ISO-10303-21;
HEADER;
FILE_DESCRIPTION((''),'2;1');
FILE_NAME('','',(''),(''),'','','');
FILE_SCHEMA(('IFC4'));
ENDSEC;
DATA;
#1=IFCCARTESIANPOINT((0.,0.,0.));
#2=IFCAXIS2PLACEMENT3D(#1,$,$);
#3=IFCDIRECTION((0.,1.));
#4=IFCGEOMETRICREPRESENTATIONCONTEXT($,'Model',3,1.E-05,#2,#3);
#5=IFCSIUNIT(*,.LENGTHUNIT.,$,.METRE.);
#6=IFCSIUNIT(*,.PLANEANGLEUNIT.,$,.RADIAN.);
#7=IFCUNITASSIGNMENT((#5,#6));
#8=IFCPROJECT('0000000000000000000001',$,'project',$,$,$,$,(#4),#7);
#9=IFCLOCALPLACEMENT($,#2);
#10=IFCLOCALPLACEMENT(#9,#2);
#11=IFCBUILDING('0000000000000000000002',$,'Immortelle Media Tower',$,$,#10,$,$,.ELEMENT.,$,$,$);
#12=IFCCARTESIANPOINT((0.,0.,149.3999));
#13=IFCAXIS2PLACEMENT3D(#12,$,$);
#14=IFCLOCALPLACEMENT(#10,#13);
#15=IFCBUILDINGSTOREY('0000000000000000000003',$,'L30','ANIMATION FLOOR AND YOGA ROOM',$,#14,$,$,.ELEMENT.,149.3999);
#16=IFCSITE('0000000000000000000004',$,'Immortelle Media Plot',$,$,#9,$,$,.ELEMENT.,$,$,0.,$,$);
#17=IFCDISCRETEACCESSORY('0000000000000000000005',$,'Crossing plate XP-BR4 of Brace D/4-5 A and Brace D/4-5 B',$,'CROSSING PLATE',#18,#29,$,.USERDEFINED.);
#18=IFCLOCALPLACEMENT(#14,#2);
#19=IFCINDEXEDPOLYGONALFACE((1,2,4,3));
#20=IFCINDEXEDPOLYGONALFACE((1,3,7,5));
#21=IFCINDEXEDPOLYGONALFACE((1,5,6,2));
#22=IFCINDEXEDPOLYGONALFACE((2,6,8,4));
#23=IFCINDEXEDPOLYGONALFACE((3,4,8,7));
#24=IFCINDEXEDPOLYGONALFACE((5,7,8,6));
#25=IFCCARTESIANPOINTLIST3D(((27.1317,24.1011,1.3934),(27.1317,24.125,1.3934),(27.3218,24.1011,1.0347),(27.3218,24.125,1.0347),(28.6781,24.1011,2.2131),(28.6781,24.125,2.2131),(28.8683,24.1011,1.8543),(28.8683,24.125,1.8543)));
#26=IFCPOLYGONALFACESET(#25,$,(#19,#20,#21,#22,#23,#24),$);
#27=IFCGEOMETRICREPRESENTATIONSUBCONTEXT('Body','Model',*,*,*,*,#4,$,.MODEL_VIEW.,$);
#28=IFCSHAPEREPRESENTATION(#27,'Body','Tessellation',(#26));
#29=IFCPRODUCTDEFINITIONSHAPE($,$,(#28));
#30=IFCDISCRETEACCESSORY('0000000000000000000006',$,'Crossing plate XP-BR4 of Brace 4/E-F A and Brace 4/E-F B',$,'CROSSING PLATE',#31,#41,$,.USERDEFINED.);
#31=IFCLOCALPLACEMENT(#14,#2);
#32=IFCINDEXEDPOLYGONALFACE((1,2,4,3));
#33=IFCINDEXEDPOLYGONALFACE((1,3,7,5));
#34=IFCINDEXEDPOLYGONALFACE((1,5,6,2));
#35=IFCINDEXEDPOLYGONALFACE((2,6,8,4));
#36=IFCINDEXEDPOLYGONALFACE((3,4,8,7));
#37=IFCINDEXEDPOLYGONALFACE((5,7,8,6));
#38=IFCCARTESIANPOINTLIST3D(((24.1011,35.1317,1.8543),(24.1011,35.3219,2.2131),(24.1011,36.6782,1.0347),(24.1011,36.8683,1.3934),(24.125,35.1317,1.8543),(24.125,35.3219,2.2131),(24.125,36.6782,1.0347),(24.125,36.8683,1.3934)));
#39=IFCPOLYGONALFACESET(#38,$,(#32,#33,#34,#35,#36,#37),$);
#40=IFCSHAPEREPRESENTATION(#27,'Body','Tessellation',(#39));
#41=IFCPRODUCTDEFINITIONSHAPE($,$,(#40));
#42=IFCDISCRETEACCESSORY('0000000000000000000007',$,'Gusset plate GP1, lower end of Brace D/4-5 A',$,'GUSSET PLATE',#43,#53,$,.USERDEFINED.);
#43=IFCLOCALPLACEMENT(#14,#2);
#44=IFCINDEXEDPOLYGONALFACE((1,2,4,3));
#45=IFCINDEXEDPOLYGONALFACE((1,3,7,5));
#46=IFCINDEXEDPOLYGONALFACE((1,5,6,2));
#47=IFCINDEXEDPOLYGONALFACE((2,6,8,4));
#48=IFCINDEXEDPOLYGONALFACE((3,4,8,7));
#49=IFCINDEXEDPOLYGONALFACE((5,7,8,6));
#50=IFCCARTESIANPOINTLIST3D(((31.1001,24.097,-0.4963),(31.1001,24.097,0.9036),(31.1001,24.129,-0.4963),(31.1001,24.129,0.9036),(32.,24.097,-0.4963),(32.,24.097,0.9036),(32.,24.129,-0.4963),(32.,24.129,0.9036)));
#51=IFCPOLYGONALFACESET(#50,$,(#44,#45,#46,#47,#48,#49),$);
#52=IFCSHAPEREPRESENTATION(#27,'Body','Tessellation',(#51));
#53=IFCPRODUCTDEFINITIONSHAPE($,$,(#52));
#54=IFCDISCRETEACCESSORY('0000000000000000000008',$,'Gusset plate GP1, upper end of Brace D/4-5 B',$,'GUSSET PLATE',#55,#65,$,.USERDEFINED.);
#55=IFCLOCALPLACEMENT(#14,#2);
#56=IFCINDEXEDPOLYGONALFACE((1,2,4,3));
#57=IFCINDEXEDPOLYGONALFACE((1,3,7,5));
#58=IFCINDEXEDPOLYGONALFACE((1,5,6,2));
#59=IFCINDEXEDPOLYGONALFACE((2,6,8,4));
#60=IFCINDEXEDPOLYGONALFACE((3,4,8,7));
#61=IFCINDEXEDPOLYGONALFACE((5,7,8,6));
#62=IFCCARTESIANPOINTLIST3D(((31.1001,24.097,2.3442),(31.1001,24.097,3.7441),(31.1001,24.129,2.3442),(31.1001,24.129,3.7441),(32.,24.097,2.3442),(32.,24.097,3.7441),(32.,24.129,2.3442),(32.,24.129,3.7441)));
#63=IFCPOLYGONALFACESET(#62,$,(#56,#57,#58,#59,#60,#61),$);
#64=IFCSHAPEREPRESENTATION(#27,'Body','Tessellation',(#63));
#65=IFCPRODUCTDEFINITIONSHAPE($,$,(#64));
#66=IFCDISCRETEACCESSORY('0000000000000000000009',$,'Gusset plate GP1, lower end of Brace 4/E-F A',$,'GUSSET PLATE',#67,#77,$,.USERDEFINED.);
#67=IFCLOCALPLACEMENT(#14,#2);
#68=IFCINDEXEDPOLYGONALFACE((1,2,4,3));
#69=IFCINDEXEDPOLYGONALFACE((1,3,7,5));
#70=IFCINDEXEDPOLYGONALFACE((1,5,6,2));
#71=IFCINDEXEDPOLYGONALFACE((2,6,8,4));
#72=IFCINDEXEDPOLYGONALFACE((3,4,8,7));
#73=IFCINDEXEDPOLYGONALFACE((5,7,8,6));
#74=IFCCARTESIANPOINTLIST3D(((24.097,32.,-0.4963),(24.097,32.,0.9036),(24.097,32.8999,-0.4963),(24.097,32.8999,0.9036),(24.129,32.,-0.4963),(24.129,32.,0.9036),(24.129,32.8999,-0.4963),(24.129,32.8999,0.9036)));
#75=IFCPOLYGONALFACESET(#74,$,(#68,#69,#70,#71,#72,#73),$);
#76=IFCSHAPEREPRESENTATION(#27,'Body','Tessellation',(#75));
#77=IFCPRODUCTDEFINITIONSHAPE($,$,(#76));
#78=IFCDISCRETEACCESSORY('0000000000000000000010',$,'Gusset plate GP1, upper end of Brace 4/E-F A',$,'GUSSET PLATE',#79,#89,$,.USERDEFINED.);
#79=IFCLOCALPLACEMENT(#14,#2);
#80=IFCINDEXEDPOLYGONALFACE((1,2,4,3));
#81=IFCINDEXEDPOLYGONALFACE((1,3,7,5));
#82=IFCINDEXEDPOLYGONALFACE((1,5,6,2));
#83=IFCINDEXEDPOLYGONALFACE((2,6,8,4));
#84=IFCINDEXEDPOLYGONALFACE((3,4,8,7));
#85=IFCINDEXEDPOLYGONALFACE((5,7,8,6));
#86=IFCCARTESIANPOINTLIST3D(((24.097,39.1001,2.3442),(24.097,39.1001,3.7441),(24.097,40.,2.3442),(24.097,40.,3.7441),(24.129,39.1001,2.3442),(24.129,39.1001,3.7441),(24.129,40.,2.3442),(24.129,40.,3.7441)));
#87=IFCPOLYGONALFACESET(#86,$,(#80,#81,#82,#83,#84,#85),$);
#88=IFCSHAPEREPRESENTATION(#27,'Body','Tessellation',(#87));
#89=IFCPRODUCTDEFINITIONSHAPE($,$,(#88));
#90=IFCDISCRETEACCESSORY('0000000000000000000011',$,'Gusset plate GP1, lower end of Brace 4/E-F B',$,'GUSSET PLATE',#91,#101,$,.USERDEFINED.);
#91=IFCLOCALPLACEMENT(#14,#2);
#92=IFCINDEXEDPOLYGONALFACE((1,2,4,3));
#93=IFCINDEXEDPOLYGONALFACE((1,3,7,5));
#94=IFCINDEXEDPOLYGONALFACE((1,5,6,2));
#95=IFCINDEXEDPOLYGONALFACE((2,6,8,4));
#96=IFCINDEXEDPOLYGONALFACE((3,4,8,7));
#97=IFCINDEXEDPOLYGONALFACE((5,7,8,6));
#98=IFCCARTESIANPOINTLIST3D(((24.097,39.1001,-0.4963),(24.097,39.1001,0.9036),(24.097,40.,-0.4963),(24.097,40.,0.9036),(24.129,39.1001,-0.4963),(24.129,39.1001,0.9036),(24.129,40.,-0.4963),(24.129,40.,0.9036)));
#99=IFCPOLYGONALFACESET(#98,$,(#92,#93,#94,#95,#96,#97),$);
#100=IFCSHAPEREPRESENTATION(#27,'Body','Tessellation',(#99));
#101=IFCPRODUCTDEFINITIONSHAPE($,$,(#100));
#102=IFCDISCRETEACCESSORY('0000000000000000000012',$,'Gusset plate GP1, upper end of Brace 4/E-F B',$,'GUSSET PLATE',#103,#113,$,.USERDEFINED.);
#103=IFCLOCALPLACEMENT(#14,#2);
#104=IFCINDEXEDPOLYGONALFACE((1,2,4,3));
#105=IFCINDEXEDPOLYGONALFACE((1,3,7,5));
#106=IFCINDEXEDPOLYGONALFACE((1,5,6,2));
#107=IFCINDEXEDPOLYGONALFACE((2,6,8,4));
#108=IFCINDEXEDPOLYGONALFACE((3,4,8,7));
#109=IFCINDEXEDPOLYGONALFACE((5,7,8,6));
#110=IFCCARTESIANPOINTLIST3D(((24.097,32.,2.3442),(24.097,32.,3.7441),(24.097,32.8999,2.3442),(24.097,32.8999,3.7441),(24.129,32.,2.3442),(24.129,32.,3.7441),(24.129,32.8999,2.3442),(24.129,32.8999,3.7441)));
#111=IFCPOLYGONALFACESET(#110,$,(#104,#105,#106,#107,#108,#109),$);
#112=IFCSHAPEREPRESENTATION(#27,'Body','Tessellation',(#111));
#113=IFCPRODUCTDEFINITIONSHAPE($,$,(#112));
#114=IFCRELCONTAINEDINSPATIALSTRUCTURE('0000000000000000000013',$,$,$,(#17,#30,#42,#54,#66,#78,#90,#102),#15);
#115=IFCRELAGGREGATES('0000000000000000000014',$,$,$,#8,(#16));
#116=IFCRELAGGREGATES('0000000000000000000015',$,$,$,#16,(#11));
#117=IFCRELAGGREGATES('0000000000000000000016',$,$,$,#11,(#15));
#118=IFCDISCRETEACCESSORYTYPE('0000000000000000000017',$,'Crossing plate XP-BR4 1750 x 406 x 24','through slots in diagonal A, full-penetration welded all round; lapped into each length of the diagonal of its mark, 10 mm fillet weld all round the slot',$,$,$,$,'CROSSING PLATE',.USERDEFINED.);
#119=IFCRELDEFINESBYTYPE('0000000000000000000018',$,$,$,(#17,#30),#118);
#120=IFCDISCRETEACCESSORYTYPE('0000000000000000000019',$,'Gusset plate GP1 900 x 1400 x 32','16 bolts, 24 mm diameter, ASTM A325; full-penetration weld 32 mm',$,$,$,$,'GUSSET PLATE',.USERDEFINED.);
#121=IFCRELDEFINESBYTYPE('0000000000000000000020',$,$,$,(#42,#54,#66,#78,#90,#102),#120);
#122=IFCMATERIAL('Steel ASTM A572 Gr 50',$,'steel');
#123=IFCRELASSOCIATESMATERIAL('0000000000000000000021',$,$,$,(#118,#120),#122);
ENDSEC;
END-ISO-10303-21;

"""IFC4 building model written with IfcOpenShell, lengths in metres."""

from ifc_helpers import new_model, si_unit, direction, frame, origin, origin_2d, place, context, subcontext, project, spatial, rectangle, extrude, material, material_profile, profile_set, type_object, element, save


model = new_model("IFC4")

# Units and contexts
model_context = context("Model", 3, precision=1e-05, world=origin(), true_north=direction((0.0, 1.0)))
body_context = subcontext(model_context, "Body", "Model", "MODEL_VIEW")
ifc_project = project(units=[si_unit("LENGTHUNIT", "METRE"), si_unit("PLANEANGLEUNIT", "RADIAN")], contexts=[model_context])

# Site, building, storey
site_placement = place(None, origin())
site = spatial("IfcSite", under=ifc_project, at=site_placement, Name="Immortelle Media Plot", CompositionType="ELEMENT", RefElevation=0.0)
building_placement = place(site_placement, origin())
building = spatial("IfcBuilding", under=site, at=building_placement, Name="Immortelle Media Tower", CompositionType="ELEMENT")
storey_placement = place(building_placement, frame((0.0, 0.0, 149.3999)))
storey = spatial("IfcBuildingStorey", under=building, at=storey_placement, Name="L30", Description="ANIMATION FLOOR AND YOGA ROOM", CompositionType="ELEMENT", Elevation=149.3999)

# Discrete accessories
ifc_material_1 = material(Name="Steel ASTM A572 Gr 50", Category="steel")
ifc_material_profile_1 = material_profile(ifc_material_1, rectangle(XDim=0.0239, YDim=0.406, at=origin_2d()), Name="PL 24 x 406")
ifc_profile_set_1 = profile_set([ifc_material_profile_1], Name="Steel ASTM A572 Gr 50")
discrete_accessory_type_1 = type_object("IfcDiscreteAccessoryType", Name="Crossing plate XP-BR4 1750 x 406 x 24", Description="through slots in diagonal A, full-penetration welded all round; lapped into each length of the diagonal of its mark, 10 mm fillet weld all round the slot", ElementType="CROSSING PLATE", PredefinedType="USERDEFINED", material=ifc_profile_set_1)
for number, where, z_axis, x_axis, name in (
    (1, (28.7732, 24.113, 2.0337), (-0.883574, 0.0, -0.468291), (0.0, -1.0, 0.0), "Crossing plate XP-BR4 of Brace D/4-5 A and Brace D/4-5 B"),
    (2, (24.113, 35.2268, 2.0337), (0.0, 0.883574, -0.468291), (-1.0, 0.0, 0.0), "Crossing plate XP-BR4 of Brace 4/E-F A and Brace 4/E-F B"),
):
    element("IfcDiscreteAccessory", number, at=place(storey_placement, frame(where, z_axis=z_axis, x_axis=x_axis)), inside=storey, type_object=discrete_accessory_type_1, Name=name, ObjectType="CROSSING PLATE", PredefinedType="USERDEFINED", context=body_context, shape_type="SweptSolid", body=[
        extrude(rectangle(XDim=0.0239, YDim=0.406, at=origin_2d()), origin(), (0.0, 0.0, 1.0), 1.7502),
    ])
ifc_material_profile_2 = material_profile(ifc_material_1, rectangle(XDim=0.032, YDim=1.3999, at=origin_2d()), Name="PL 32 x 1400")
ifc_profile_set_2 = profile_set([ifc_material_profile_2], Name="Steel ASTM A572 Gr 50")
discrete_accessory_type_2 = type_object("IfcDiscreteAccessoryType", Name="Gusset plate GP1 900 x 1400 x 32", Description="16 bolts, 24 mm diameter, ASTM A325; full-penetration weld 32 mm", ElementType="GUSSET PLATE", PredefinedType="USERDEFINED", material=ifc_profile_set_2)
for number, where, z_axis, x_axis, name in (
    (3, (32.0, 24.113, 0.2036), (-1.0, 0.0, 0.0), (0.0, -1.0, 0.0), "Gusset plate GP1, lower end of Brace D/4-5 A"),
    (4, (32.0, 24.113, 3.0442), (-1.0, 0.0, 0.0), (0.0, -1.0, 0.0), "Gusset plate GP1, upper end of Brace D/4-5 B"),
    (5, (24.113, 32.0, 0.2036), (0.0, 1.0, 0.0), (-1.0, 0.0, 0.0), "Gusset plate GP1, lower end of Brace 4/E-F A"),
    (6, (24.113, 40.0, 3.0442), (0.0, -1.0, 0.0), (1.0, 0.0, 0.0), "Gusset plate GP1, upper end of Brace 4/E-F A"),
    (7, (24.113, 40.0, 0.2036), (0.0, -1.0, 0.0), (1.0, 0.0, 0.0), "Gusset plate GP1, lower end of Brace 4/E-F B"),
    (8, (24.113, 32.0, 3.0442), (0.0, 1.0, 0.0), (-1.0, 0.0, 0.0), "Gusset plate GP1, upper end of Brace 4/E-F B"),
):
    element("IfcDiscreteAccessory", number, at=place(storey_placement, frame(where, z_axis=z_axis, x_axis=x_axis)), inside=storey, type_object=discrete_accessory_type_2, Name=name, ObjectType="GUSSET PLATE", PredefinedType="USERDEFINED", context=body_context, shape_type="SweptSolid", body=[
        extrude(rectangle(XDim=0.032, YDim=1.3999, at=origin_2d()), origin(), (0.0, 0.0, 1.0), 0.8999),
    ])

save(model, "model.ifc")
